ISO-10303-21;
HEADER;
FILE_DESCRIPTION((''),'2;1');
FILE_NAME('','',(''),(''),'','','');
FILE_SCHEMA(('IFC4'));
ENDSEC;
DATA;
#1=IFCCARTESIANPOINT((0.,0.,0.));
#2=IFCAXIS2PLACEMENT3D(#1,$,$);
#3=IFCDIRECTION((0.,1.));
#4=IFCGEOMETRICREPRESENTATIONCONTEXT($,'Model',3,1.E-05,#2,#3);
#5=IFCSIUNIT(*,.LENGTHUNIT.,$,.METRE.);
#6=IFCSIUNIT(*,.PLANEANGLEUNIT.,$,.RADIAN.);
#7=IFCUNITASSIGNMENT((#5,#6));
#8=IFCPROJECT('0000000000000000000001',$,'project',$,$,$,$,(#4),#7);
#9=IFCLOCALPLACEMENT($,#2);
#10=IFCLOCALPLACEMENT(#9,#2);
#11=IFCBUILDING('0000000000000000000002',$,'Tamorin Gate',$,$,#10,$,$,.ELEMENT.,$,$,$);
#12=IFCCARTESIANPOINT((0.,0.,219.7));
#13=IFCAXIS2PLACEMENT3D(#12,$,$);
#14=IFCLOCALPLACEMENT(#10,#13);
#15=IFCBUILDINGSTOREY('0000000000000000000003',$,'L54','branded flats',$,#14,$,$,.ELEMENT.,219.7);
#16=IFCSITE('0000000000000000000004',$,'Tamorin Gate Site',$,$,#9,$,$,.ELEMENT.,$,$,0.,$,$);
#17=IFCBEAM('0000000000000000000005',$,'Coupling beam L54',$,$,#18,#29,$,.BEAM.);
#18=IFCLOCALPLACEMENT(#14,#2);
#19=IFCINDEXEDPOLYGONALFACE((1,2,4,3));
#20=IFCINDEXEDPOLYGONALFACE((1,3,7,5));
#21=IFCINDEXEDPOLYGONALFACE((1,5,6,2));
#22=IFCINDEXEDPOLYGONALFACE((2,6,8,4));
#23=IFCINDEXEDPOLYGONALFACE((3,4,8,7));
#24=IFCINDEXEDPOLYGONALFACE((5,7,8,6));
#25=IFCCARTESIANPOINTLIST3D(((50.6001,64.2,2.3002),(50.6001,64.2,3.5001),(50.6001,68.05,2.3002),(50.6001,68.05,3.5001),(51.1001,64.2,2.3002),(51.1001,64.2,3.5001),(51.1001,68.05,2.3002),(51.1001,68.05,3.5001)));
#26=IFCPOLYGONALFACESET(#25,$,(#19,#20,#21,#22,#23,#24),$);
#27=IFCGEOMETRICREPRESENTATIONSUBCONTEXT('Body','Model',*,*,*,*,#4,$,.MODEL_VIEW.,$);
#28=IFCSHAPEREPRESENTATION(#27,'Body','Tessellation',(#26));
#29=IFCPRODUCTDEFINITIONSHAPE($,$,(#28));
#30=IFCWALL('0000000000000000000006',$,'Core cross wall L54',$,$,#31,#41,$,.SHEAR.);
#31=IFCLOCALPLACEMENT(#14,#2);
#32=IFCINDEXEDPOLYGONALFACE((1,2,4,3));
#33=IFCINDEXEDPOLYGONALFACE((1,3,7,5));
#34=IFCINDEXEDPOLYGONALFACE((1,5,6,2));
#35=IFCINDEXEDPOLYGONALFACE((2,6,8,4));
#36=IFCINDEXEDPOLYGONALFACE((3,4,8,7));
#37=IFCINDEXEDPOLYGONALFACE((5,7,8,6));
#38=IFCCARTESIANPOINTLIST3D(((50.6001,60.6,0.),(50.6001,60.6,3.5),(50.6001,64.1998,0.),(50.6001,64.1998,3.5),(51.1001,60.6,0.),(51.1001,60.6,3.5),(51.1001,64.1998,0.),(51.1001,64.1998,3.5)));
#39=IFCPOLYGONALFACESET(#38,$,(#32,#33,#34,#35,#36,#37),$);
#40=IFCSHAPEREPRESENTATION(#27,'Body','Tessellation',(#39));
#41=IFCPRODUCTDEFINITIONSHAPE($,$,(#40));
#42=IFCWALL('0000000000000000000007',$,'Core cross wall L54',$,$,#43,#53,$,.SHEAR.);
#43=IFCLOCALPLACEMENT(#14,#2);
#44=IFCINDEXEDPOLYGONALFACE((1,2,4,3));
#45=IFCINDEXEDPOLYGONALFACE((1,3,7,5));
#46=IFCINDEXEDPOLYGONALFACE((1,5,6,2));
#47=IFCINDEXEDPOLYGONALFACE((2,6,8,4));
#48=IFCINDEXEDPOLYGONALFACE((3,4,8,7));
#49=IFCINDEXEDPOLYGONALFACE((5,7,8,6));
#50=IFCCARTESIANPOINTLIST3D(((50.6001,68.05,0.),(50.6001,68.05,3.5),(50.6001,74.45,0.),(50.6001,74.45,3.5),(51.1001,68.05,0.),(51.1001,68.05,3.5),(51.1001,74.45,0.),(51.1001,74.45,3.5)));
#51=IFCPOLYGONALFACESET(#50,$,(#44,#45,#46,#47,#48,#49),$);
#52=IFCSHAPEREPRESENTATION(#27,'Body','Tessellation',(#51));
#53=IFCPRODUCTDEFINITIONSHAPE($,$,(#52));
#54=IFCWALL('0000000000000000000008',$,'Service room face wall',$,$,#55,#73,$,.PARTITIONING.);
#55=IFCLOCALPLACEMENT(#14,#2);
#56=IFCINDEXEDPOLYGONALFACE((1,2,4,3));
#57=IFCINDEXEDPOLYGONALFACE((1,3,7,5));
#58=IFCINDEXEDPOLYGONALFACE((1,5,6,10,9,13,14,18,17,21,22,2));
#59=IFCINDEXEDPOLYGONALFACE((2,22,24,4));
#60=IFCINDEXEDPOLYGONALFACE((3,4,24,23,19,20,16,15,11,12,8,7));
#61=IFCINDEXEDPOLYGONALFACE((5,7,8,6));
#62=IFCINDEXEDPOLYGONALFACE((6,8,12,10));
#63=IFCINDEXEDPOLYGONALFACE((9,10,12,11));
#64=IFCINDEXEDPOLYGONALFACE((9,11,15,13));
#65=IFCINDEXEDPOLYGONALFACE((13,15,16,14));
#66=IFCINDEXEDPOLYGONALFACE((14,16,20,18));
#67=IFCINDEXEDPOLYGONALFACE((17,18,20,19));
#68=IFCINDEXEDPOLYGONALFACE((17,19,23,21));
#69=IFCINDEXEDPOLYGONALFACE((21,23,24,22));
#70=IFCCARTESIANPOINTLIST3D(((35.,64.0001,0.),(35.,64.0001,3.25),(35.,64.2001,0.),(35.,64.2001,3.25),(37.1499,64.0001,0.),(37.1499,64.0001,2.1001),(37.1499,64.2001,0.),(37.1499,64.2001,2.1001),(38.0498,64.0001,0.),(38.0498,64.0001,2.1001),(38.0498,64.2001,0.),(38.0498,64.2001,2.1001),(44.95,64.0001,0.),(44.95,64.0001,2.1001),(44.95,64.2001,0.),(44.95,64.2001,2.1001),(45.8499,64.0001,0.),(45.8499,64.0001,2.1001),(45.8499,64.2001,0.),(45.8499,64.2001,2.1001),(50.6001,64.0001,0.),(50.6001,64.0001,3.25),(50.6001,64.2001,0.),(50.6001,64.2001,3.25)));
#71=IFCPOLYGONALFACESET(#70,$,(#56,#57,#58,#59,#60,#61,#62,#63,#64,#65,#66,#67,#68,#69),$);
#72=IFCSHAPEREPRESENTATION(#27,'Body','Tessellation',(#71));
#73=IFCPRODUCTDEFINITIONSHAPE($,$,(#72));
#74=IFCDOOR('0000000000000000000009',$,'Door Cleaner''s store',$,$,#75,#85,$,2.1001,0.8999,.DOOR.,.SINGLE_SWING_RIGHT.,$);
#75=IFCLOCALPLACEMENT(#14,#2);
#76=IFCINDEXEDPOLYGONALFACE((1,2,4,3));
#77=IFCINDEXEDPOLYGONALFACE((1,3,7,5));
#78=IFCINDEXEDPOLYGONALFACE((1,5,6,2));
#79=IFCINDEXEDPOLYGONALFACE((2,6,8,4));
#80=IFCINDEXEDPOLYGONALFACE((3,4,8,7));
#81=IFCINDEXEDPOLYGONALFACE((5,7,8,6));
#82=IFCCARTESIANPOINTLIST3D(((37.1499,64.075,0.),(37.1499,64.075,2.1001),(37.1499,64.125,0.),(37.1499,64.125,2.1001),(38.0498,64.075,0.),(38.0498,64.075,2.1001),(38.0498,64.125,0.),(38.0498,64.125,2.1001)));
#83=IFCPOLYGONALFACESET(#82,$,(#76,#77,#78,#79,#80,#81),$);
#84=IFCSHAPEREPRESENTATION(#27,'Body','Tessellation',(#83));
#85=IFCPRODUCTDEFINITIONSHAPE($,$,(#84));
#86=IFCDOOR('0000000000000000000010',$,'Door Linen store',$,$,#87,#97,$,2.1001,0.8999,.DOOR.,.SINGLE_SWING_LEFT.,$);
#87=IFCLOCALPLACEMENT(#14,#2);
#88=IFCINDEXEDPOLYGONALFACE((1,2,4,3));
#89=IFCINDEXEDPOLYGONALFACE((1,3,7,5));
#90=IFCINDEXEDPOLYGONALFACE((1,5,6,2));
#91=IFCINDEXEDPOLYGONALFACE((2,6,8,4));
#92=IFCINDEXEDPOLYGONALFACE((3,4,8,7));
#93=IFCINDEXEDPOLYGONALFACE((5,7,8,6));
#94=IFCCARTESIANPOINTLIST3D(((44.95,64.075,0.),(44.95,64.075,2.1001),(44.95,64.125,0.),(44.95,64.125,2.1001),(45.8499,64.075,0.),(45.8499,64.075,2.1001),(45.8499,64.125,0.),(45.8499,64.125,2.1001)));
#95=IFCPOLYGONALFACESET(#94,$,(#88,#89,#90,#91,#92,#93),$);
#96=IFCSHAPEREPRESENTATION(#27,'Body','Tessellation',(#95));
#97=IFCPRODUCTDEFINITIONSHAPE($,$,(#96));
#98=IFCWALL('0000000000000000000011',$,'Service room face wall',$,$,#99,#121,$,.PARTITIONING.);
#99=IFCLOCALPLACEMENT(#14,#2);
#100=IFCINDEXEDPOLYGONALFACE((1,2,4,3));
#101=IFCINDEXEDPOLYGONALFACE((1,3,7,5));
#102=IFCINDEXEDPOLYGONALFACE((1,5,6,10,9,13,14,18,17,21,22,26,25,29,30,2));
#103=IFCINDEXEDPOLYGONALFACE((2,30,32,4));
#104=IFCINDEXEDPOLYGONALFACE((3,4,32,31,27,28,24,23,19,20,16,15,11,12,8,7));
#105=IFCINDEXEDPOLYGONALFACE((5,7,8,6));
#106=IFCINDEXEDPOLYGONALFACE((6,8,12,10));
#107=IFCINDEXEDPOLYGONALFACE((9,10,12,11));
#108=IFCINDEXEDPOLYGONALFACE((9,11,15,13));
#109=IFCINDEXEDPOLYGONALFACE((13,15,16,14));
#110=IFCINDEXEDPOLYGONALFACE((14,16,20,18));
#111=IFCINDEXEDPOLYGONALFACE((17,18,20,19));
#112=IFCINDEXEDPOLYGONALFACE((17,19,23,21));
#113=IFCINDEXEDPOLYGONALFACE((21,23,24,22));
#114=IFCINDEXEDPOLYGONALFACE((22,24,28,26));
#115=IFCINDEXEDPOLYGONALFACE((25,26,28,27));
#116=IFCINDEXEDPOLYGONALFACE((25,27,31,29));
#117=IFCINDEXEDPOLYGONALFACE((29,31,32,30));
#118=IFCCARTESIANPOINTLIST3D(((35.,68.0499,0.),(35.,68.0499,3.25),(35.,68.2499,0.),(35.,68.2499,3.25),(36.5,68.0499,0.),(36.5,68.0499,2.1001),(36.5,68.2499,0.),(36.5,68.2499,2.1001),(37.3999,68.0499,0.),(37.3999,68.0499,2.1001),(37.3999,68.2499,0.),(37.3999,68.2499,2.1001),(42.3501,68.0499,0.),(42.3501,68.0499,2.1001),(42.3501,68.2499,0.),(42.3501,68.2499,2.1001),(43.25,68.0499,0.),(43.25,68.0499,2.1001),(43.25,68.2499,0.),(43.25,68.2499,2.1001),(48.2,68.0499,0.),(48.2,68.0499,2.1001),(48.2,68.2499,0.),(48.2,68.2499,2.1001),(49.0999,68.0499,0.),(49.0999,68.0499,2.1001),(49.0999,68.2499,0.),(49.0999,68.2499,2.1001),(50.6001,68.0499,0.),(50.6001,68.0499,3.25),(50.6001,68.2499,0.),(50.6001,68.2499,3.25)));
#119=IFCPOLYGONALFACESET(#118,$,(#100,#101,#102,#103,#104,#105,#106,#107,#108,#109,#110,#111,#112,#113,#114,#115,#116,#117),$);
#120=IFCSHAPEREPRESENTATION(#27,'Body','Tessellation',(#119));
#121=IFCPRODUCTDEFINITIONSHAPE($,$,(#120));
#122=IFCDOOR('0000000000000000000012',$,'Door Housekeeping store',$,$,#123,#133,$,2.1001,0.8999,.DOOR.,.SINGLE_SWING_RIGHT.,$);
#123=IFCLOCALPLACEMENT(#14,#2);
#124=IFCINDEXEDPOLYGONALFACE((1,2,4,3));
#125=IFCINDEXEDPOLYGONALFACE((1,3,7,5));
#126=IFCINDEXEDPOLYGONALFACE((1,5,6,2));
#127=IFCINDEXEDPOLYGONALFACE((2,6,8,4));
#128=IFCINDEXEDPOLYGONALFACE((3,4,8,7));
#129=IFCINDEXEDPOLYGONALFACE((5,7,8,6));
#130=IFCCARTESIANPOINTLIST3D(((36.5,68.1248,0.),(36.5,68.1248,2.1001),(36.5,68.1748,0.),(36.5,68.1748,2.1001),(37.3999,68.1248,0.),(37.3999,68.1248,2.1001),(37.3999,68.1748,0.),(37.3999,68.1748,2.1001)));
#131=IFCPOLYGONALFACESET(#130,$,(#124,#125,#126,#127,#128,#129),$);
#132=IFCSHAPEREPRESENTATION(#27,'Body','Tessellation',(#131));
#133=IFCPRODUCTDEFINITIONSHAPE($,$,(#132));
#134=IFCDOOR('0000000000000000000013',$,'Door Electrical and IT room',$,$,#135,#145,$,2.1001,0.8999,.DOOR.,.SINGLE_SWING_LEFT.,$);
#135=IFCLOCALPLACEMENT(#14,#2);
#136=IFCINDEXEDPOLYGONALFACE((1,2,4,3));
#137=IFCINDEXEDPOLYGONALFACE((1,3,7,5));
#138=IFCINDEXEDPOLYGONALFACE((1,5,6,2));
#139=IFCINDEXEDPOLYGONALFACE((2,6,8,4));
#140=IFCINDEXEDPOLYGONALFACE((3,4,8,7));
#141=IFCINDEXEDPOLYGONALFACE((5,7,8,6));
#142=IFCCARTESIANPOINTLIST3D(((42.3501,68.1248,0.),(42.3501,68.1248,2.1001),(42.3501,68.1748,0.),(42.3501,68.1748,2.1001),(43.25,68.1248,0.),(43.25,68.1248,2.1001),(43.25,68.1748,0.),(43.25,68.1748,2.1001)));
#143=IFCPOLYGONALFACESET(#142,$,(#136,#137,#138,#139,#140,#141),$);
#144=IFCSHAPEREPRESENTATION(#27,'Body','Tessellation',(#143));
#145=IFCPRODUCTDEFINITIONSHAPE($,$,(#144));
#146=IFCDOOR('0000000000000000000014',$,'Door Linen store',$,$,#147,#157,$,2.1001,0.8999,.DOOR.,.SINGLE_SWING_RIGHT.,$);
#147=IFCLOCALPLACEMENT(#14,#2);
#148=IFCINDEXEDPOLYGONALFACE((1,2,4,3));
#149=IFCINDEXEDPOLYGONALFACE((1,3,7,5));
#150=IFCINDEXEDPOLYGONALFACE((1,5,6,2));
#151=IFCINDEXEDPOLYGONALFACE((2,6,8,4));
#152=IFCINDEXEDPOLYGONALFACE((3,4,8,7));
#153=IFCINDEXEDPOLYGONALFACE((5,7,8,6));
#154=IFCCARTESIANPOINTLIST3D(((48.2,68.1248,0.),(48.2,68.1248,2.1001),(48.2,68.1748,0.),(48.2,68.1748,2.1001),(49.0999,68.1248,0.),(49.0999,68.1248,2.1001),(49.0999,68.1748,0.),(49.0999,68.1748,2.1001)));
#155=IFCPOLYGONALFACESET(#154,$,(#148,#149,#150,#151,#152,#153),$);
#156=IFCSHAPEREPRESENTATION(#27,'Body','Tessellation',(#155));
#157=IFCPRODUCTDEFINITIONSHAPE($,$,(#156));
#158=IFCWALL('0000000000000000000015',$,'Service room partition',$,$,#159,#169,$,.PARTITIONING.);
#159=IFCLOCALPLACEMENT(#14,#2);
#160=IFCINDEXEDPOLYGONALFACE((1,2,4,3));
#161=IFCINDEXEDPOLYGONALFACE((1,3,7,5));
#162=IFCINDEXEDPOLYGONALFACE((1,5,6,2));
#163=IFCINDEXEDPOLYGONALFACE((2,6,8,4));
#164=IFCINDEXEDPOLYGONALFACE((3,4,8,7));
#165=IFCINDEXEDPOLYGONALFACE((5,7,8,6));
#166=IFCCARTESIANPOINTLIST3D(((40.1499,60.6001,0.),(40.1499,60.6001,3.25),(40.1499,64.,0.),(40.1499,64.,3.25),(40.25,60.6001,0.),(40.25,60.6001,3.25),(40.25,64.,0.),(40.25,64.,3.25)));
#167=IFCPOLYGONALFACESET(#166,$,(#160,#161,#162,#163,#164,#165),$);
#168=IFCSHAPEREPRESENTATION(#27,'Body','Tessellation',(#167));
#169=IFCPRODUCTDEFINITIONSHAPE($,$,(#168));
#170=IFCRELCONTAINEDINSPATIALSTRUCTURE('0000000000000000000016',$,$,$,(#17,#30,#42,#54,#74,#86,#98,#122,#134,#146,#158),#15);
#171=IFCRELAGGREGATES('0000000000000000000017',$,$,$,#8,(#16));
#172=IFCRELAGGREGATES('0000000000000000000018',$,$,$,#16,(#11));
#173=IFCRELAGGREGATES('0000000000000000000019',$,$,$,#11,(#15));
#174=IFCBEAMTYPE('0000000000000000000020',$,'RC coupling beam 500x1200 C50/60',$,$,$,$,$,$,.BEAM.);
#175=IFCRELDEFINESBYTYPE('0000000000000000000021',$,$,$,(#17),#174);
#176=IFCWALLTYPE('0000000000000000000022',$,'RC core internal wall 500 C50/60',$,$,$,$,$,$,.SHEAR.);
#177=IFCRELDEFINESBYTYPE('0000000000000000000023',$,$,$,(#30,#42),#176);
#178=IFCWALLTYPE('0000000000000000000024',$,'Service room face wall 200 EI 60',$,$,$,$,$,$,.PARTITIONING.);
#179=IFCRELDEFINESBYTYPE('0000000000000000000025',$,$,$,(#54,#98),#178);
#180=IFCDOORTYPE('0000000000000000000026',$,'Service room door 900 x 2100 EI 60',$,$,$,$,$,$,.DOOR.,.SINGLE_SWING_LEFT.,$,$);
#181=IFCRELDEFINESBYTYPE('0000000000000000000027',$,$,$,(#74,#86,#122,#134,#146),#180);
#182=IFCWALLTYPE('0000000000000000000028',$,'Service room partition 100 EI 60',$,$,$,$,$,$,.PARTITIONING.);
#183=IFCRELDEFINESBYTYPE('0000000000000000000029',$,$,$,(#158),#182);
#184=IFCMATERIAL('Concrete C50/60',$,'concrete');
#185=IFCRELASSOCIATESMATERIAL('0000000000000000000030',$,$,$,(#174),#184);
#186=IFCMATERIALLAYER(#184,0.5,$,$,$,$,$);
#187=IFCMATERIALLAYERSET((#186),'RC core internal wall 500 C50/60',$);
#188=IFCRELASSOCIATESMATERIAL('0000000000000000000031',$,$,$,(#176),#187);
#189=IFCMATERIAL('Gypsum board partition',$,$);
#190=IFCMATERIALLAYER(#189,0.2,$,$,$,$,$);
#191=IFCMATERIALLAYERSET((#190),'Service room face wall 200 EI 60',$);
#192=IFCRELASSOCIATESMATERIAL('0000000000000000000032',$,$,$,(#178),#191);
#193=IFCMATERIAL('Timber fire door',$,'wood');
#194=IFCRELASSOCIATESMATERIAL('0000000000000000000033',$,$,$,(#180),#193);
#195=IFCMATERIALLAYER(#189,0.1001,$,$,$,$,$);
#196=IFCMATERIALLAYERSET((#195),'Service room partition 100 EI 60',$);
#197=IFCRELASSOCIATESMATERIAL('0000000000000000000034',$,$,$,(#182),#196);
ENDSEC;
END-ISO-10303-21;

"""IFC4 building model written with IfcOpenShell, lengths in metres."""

from ifc_helpers import new_model, si_unit, direction, frame, frame_2d, origin, origin_2d, place, context, subcontext, project, spatial, rectangle, extrude, material, layer, layer_set, material_profile, profile_set, type_object, element, fill, save


model = new_model("IFC4")

# Units and contexts
model_context = context("Model", 3, precision=1e-05, world=origin(), true_north=direction((0.0, 1.0)))
body_context = subcontext(model_context, "Body", "Model", "MODEL_VIEW")
ifc_project = project(units=[si_unit("LENGTHUNIT", "METRE"), si_unit("PLANEANGLEUNIT", "RADIAN")], contexts=[model_context])

# Site, building, storey
site_placement = place(None, origin())
site = spatial("IfcSite", under=ifc_project, at=site_placement, Name="Tamorin Gate Site", CompositionType="ELEMENT", RefElevation=0.0)
building_placement = place(site_placement, origin())
building = spatial("IfcBuilding", under=site, at=building_placement, Name="Tamorin Gate", CompositionType="ELEMENT")
storey_placement = place(building_placement, frame((0.0, 0.0, 219.7)))
storey = spatial("IfcBuildingStorey", under=building, at=storey_placement, Name="L54", Description="branded flats", CompositionType="ELEMENT", Elevation=219.7)

# Beam
ifc_material_1 = material(Name="Concrete C50/60", Category="concrete")
ifc_material_profile = material_profile(ifc_material_1, rectangle(XDim=0.5, YDim=1.2, at=origin_2d()), Name="RC 500x1200")
ifc_profile_set = profile_set([ifc_material_profile], Name="Concrete C50/60")
beam_type = type_object("IfcBeamType", Name="RC coupling beam 500x1200 C50/60", PredefinedType="BEAM", material=ifc_profile_set)
beam_placement = place(storey_placement, frame((50.8501, 64.2, 2.9001), z_axis=(0.0, 1.0, 0.0), x_axis=(-1.0, 0.0, 0.0)))
element("IfcBeam", 1, at=beam_placement, inside=storey, type_object=beam_type, Name="Coupling beam L54", PredefinedType="BEAM", context=body_context, shape_type="SweptSolid", body=[
    extrude(rectangle(XDim=0.5, YDim=1.2, at=origin_2d()), origin(), (0.0, 0.0, 1.0), 3.8501),
])

# Walls
ifc_layer_1 = layer(ifc_material_1, 0.5)
ifc_layer_set_1 = layer_set([ifc_layer_1], Name="RC core internal wall 500 C50/60")
wall_type_1 = type_object("IfcWallType", Name="RC core internal wall 500 C50/60", PredefinedType="SHEAR", material=ifc_layer_set_1)
wall_1_placement = place(storey_placement, frame((50.8501, 60.6001, 0.0), z_axis=(0.0, 0.0, 1.0), x_axis=(0.0, 1.0, 0.0)))
element("IfcWall", 2, at=wall_1_placement, inside=storey, type_object=wall_type_1, Name="Core cross wall L54", PredefinedType="SHEAR", context=body_context, shape_type="SweptSolid", body=[
    extrude(rectangle(XDim=3.5999, YDim=0.5, at=frame_2d((1.7998, 0.0))), origin(), (0.0, 0.0, 1.0), 3.5),
])
wall_2_placement = place(storey_placement, frame((50.8501, 68.05, 0.0), z_axis=(0.0, 0.0, 1.0), x_axis=(0.0, 1.0, 0.0)))
element("IfcWall", 3, at=wall_2_placement, inside=storey, type_object=wall_type_1, Name="Core cross wall L54", PredefinedType="SHEAR", context=body_context, shape_type="SweptSolid", body=[
    extrude(rectangle(XDim=6.3999, YDim=0.5, at=frame_2d((3.2, 0.0))), origin(), (0.0, 0.0, 1.0), 3.5),
])

# Walls, openings, doors
ifc_material_2 = material(Name="Gypsum board partition")
ifc_layer_2 = layer(ifc_material_2, 0.2)
ifc_layer_set_2 = layer_set([ifc_layer_2], Name="Service room face wall 200 EI 60")
wall_type_2 = type_object("IfcWallType", Name="Service room face wall 200 EI 60", PredefinedType="PARTITIONING", material=ifc_layer_set_2)
wall_3_placement = place(storey_placement, frame((35.0, 64.1001, 0.0), z_axis=(0.0, 0.0, 1.0), x_axis=(1.0, 0.0, 0.0)))
wall_3 = element("IfcWall", 4, at=wall_3_placement, inside=storey, type_object=wall_type_2, Name="Service room face wall", PredefinedType="PARTITIONING", context=body_context, shape_type="SweptSolid", body=[
    extrude(rectangle(XDim=15.6001, YDim=0.2, at=frame_2d((7.8, 0.0))), origin(), (0.0, 0.0, 1.0), 3.25),
])
opening_1_placement = place(wall_3_placement, frame((2.1499, 0.0, 0.0)))
opening_1 = element("IfcOpeningElement", 5, at=opening_1_placement, cuts=wall_3, PredefinedType="OPENING", context=body_context, shape_type="SweptSolid", body=[
    extrude(rectangle(XDim=0.8999, YDim=2.1001, at=frame_2d((0.45, 1.05))), frame((0.0, 0.1099, 0.0), z_axis=(0.0, -1.0, 0.0), x_axis=(1.0, 0.0, 0.0)), (0.0, 0.0, 1.0), 0.22),
])
opening_2_placement = place(wall_3_placement, frame((9.95, 0.0, 0.0)))
opening_2 = element("IfcOpeningElement", 6, at=opening_2_placement, cuts=wall_3, PredefinedType="OPENING", context=body_context, shape_type="SweptSolid", body=[
    extrude(rectangle(XDim=0.8999, YDim=2.1001, at=frame_2d((0.45, 1.05))), frame((0.0, 0.1099, 0.0), z_axis=(0.0, -1.0, 0.0), x_axis=(1.0, 0.0, 0.0)), (0.0, 0.0, 1.0), 0.22),
])
ifc_material_3 = material(Name="Timber fire door", Category="wood")
door_type = type_object("IfcDoorType", Name="Service room door 900 x 2100 EI 60", OperationType="SINGLE_SWING_LEFT", PredefinedType="DOOR", material=ifc_material_3)
door_1_placement = place(opening_1_placement, origin())
door_1 = element("IfcDoor", 7, at=door_1_placement, inside=storey, type_object=door_type, Name="Door Cleaner's store", OperationType="SINGLE_SWING_RIGHT", OverallHeight=2.1001, OverallWidth=0.8999, PredefinedType="DOOR", context=body_context, shape_type="SweptSolid", body=[
    extrude(rectangle(XDim=0.8999, YDim=2.1001, at=frame_2d((0.45, 1.05))), frame((0.0, 0.0249, 0.0), z_axis=(0.0, -1.0, 0.0), x_axis=(1.0, 0.0, 0.0)), (0.0, 0.0, 1.0), 0.05),
])
fill(opening_1, door_1)
door_2_placement = place(opening_2_placement, origin())
door_2 = element("IfcDoor", 8, at=door_2_placement, inside=storey, type_object=door_type, Name="Door Linen store", OperationType="SINGLE_SWING_LEFT", OverallHeight=2.1001, OverallWidth=0.8999, PredefinedType="DOOR", context=body_context, shape_type="SweptSolid", body=[
    extrude(rectangle(XDim=0.8999, YDim=2.1001, at=frame_2d((0.45, 1.05))), frame((0.0, 0.0249, 0.0), z_axis=(0.0, -1.0, 0.0), x_axis=(1.0, 0.0, 0.0)), (0.0, 0.0, 1.0), 0.05),
])
fill(opening_2, door_2)
wall_4_placement = place(storey_placement, frame((35.0, 68.1499, 0.0), z_axis=(0.0, 0.0, 1.0), x_axis=(1.0, 0.0, 0.0)))
wall_4 = element("IfcWall", 9, at=wall_4_placement, inside=storey, type_object=wall_type_2, Name="Service room face wall", PredefinedType="PARTITIONING", context=body_context, shape_type="SweptSolid", body=[
    extrude(rectangle(XDim=15.6001, YDim=0.2, at=frame_2d((7.8, 0.0))), origin(), (0.0, 0.0, 1.0), 3.25),
])
opening_3_placement = place(wall_4_placement, frame((1.5, 0.0, 0.0)))
opening_3 = element("IfcOpeningElement", 10, at=opening_3_placement, cuts=wall_4, PredefinedType="OPENING", context=body_context, shape_type="SweptSolid", body=[
    extrude(rectangle(XDim=0.8999, YDim=2.1001, at=frame_2d((0.45, 1.05))), frame((0.0, 0.1099, 0.0), z_axis=(0.0, -1.0, 0.0), x_axis=(1.0, 0.0, 0.0)), (0.0, 0.0, 1.0), 0.22),
])
opening_4_placement = place(wall_4_placement, frame((7.3501, 0.0, 0.0)))
opening_4 = element("IfcOpeningElement", 11, at=opening_4_placement, cuts=wall_4, PredefinedType="OPENING", context=body_context, shape_type="SweptSolid", body=[
    extrude(rectangle(XDim=0.8999, YDim=2.1001, at=frame_2d((0.45, 1.05))), frame((0.0, 0.1099, 0.0), z_axis=(0.0, -1.0, 0.0), x_axis=(1.0, 0.0, 0.0)), (0.0, 0.0, 1.0), 0.22),
])
opening_5_placement = place(wall_4_placement, frame((13.2, 0.0, 0.0)))
opening_5 = element("IfcOpeningElement", 12, at=opening_5_placement, cuts=wall_4, PredefinedType="OPENING", context=body_context, shape_type="SweptSolid", body=[
    extrude(rectangle(XDim=0.8999, YDim=2.1001, at=frame_2d((0.45, 1.05))), frame((0.0, 0.1099, 0.0), z_axis=(0.0, -1.0, 0.0), x_axis=(1.0, 0.0, 0.0)), (0.0, 0.0, 1.0), 0.22),
])
door_3_placement = place(opening_3_placement, origin())
door_3 = element("IfcDoor", 13, at=door_3_placement, inside=storey, type_object=door_type, Name="Door Housekeeping store", OperationType="SINGLE_SWING_RIGHT", OverallHeight=2.1001, OverallWidth=0.8999, PredefinedType="DOOR", context=body_context, shape_type="SweptSolid", body=[
    extrude(rectangle(XDim=0.8999, YDim=2.1001, at=frame_2d((0.45, 1.05))), frame((0.0, 0.0249, 0.0), z_axis=(0.0, -1.0, 0.0), x_axis=(1.0, 0.0, 0.0)), (0.0, 0.0, 1.0), 0.05),
])
fill(opening_3, door_3)
door_4_placement = place(opening_4_placement, origin())
door_4 = element("IfcDoor", 14, at=door_4_placement, inside=storey, type_object=door_type, Name="Door Electrical and IT room", OperationType="SINGLE_SWING_LEFT", OverallHeight=2.1001, OverallWidth=0.8999, PredefinedType="DOOR", context=body_context, shape_type="SweptSolid", body=[
    extrude(rectangle(XDim=0.8999, YDim=2.1001, at=frame_2d((0.45, 1.05))), frame((0.0, 0.0249, 0.0), z_axis=(0.0, -1.0, 0.0), x_axis=(1.0, 0.0, 0.0)), (0.0, 0.0, 1.0), 0.05),
])
fill(opening_4, door_4)
door_5_placement = place(opening_5_placement, origin())
door_5 = element("IfcDoor", 15, at=door_5_placement, inside=storey, type_object=door_type, Name="Door Linen store", OperationType="SINGLE_SWING_RIGHT", OverallHeight=2.1001, OverallWidth=0.8999, PredefinedType="DOOR", context=body_context, shape_type="SweptSolid", body=[
    extrude(rectangle(XDim=0.8999, YDim=2.1001, at=frame_2d((0.45, 1.05))), frame((0.0, 0.0249, 0.0), z_axis=(0.0, -1.0, 0.0), x_axis=(1.0, 0.0, 0.0)), (0.0, 0.0, 1.0), 0.05),
])
fill(opening_5, door_5)

# Wall
ifc_layer_3 = layer(ifc_material_2, 0.1001)
ifc_layer_set_3 = layer_set([ifc_layer_3], Name="Service room partition 100 EI 60")
wall_type_3 = type_object("IfcWallType", Name="Service room partition 100 EI 60", PredefinedType="PARTITIONING", material=ifc_layer_set_3)
wall_5_placement = place(storey_placement, frame((40.2, 60.6001, 0.0), z_axis=(0.0, 0.0, 1.0), x_axis=(0.0, 1.0, 0.0)))
element("IfcWall", 16, at=wall_5_placement, inside=storey, type_object=wall_type_3, Name="Service room partition", PredefinedType="PARTITIONING", context=body_context, shape_type="SweptSolid", body=[
    extrude(rectangle(XDim=3.3999, YDim=0.1001, at=frame_2d((1.7, 0.0))), origin(), (0.0, 0.0, 1.0), 3.25),
])

save(model, "model.ifc")
